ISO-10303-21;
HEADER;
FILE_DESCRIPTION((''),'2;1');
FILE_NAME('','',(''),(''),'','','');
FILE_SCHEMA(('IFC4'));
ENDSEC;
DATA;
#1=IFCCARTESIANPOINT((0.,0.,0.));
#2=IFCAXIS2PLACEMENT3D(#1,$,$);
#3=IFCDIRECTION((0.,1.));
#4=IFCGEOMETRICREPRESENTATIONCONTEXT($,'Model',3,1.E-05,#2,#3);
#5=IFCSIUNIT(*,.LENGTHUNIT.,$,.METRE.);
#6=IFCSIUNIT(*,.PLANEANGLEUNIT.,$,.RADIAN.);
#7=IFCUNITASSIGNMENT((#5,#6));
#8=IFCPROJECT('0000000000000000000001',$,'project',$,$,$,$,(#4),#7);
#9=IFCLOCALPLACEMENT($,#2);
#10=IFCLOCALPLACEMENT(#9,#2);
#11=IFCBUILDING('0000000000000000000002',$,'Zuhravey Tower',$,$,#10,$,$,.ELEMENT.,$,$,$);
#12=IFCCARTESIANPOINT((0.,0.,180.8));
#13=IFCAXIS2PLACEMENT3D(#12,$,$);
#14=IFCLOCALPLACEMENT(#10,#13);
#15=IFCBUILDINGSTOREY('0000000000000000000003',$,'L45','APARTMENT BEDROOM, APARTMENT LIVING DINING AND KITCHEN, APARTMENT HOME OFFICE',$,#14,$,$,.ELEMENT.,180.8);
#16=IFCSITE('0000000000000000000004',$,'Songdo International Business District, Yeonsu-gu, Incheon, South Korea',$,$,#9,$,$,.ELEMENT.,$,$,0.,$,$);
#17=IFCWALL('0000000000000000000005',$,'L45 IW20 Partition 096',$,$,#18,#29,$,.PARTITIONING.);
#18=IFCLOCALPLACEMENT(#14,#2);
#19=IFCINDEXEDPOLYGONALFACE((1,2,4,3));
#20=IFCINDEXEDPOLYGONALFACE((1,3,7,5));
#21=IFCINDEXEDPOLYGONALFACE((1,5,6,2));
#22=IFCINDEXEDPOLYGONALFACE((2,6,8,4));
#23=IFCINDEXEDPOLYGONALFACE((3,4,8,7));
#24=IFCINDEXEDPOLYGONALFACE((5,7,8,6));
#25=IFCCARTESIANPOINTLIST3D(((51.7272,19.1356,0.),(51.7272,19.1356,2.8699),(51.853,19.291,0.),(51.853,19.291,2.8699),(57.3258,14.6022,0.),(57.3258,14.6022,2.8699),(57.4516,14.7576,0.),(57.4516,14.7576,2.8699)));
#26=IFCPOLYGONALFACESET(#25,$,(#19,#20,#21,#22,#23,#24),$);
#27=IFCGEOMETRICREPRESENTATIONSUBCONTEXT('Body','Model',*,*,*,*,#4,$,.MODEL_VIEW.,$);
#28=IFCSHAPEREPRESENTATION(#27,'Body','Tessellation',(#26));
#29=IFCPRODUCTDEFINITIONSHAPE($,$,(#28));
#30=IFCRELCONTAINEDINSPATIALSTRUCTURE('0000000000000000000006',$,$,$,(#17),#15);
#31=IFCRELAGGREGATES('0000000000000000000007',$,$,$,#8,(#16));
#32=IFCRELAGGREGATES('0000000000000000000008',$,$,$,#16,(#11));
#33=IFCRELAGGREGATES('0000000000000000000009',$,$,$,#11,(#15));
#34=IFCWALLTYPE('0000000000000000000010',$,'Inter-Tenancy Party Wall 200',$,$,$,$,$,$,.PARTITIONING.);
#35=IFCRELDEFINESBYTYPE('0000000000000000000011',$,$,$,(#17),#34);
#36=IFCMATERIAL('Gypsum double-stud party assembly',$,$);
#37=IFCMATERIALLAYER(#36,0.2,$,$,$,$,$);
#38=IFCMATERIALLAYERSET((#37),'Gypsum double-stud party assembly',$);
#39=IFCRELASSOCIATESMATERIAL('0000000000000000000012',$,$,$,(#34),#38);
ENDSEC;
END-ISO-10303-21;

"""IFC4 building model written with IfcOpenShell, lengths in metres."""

from ifc_helpers import new_model, si_unit, direction, frame, frame_2d, origin, place, context, subcontext, project, spatial, rectangle, extrude, material, layer, layer_set, type_object, element, save


model = new_model("IFC4")

# Units and contexts
model_context = context("Model", 3, precision=1e-05, world=origin(), true_north=direction((0.0, 1.0)))
body_context = subcontext(model_context, "Body", "Model", "MODEL_VIEW")
ifc_project = project(units=[si_unit("LENGTHUNIT", "METRE"), si_unit("PLANEANGLEUNIT", "RADIAN")], contexts=[model_context])

# Site, building, storey
site_placement = place(None, origin())
site = spatial("IfcSite", under=ifc_project, at=site_placement, Name="Songdo International Business District, Yeonsu-gu, Incheon, South Korea", CompositionType="ELEMENT", RefElevation=0.0)
building_placement = place(site_placement, origin())
building = spatial("IfcBuilding", under=site, at=building_placement, Name="Zuhravey Tower", CompositionType="ELEMENT")
storey_placement = place(building_placement, frame((0.0, 0.0, 180.8)))
storey = spatial("IfcBuildingStorey", under=building, at=storey_placement, Name="L45", Description="APARTMENT BEDROOM, APARTMENT LIVING DINING AND KITCHEN, APARTMENT HOME OFFICE", CompositionType="ELEMENT", Elevation=180.8)

# Wall
ifc_material_1 = material(Name="Gypsum double-stud party assembly")
ifc_layer_1 = layer(ifc_material_1, 0.2)
ifc_layer_set_1 = layer_set([ifc_layer_1], Name="Gypsum double-stud party assembly")
wall_type_1 = type_object("IfcWallType", Name="Inter-Tenancy Party Wall 200", PredefinedType="PARTITIONING", material=ifc_layer_set_1)
wall_1_placement = place(storey_placement, frame((51.79, 19.2134, 0.0), z_axis=(0.0, 0.0, 1.0), x_axis=(0.777162, -0.629301, 0.0)))
element("IfcWall", 1, at=wall_1_placement, inside=storey, type_object=wall_type_1, Name="L45 IW20 Partition 096", PredefinedType="PARTITIONING", context=body_context, shape_type="SweptSolid", body=[
    extrude(rectangle(XDim=7.2039, YDim=0.2, at=frame_2d((3.6021, 0.0))), origin(), (0.0, 0.0, 1.0), 2.8699),
])

save(model, "model.ifc")
